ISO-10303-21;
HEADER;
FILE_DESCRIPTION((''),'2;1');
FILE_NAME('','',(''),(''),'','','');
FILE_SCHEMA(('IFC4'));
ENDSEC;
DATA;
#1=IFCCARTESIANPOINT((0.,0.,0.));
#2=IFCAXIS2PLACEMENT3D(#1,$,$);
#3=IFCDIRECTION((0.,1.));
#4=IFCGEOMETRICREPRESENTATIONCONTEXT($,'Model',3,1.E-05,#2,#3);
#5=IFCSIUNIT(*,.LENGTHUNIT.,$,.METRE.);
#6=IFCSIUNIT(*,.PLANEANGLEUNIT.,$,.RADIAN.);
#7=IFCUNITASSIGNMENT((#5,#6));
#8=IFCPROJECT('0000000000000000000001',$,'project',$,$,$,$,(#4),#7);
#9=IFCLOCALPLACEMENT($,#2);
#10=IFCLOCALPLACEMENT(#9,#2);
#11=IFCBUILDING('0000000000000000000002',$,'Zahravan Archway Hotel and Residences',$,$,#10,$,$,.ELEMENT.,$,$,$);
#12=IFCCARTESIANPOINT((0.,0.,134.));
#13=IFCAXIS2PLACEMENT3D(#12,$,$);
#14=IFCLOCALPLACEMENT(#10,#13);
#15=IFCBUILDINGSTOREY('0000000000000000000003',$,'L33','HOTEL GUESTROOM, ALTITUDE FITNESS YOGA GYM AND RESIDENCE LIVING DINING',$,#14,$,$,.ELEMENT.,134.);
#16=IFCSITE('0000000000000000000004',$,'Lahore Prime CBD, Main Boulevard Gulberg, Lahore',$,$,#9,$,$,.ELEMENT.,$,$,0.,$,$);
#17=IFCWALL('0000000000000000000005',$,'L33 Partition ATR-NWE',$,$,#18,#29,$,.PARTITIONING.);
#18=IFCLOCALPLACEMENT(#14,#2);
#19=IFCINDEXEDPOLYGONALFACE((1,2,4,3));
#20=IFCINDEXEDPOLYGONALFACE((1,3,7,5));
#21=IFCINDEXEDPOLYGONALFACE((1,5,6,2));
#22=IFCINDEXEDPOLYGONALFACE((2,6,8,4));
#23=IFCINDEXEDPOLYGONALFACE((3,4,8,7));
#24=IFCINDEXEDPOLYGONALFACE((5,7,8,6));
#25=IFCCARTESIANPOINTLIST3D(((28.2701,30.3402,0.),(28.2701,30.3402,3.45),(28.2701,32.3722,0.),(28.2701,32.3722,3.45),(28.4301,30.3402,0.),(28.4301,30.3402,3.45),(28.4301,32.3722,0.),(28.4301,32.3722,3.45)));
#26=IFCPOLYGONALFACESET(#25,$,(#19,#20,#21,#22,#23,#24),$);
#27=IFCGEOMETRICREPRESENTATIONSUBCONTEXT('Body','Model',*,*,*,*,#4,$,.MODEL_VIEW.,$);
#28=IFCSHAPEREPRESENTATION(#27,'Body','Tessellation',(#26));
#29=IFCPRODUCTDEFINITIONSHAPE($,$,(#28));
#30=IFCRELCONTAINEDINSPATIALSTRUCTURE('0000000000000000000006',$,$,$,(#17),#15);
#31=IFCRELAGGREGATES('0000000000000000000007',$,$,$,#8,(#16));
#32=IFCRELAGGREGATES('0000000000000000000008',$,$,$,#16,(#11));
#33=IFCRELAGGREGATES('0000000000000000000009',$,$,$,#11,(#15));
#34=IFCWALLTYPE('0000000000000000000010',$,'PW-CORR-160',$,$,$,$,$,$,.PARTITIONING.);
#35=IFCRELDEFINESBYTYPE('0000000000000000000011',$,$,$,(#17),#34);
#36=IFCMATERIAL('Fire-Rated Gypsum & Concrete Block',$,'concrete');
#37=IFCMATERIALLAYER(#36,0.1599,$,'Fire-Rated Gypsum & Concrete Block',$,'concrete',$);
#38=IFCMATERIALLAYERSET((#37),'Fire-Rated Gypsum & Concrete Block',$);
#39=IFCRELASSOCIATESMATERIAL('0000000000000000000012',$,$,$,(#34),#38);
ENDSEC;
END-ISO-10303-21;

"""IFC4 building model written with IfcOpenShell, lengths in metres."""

from ifc_helpers import new_model, si_unit, direction, frame, frame_2d, origin, place, context, subcontext, project, spatial, rectangle, extrude, material, layer, layer_set, type_object, element, save


model = new_model("IFC4")

# Units and contexts
model_context = context("Model", 3, precision=1e-05, world=origin(), true_north=direction((0.0, 1.0)))
body_context = subcontext(model_context, "Body", "Model", "MODEL_VIEW")
ifc_project = project(units=[si_unit("LENGTHUNIT", "METRE"), si_unit("PLANEANGLEUNIT", "RADIAN")], contexts=[model_context])

# Site, building, storey
site_placement = place(None, origin())
site = spatial("IfcSite", under=ifc_project, at=site_placement, Name="Lahore Prime CBD, Main Boulevard Gulberg, Lahore", CompositionType="ELEMENT", RefElevation=0.0)
building_placement = place(site_placement, origin())
building = spatial("IfcBuilding", under=site, at=building_placement, Name="Zahravan Archway Hotel and Residences", CompositionType="ELEMENT")
storey_placement = place(building_placement, frame((0.0, 0.0, 134.0)))
storey = spatial("IfcBuildingStorey", under=building, at=storey_placement, Name="L33", Description="HOTEL GUESTROOM, ALTITUDE FITNESS YOGA GYM AND RESIDENCE LIVING DINING", CompositionType="ELEMENT", Elevation=134.0)

# Wall
ifc_material_1 = material(Name="Fire-Rated Gypsum & Concrete Block", Category="concrete")
ifc_layer_1 = layer(ifc_material_1, 0.1599, Name="Fire-Rated Gypsum & Concrete Block", Category="concrete")
ifc_layer_set_1 = layer_set([ifc_layer_1], Name="Fire-Rated Gypsum & Concrete Block")
wall_type = type_object("IfcWallType", Name="PW-CORR-160", PredefinedType="PARTITIONING", material=ifc_layer_set_1)
wall_placement = place(storey_placement, frame((28.3501, 30.3401, 0.0), z_axis=(0.0, 0.0, 1.0), x_axis=(0.0, 1.0, 0.0)))
element("IfcWall", 1, at=wall_placement, inside=storey, type_object=wall_type, Name="L33 Partition ATR-NWE", PredefinedType="PARTITIONING", context=body_context, shape_type="SweptSolid", body=[
    extrude(rectangle(XDim=2.032, YDim=0.1599, at=frame_2d((1.0161, 0.0))), origin(), (0.0, 0.0, 1.0), 3.45),
])

save(model, "model.ifc")
